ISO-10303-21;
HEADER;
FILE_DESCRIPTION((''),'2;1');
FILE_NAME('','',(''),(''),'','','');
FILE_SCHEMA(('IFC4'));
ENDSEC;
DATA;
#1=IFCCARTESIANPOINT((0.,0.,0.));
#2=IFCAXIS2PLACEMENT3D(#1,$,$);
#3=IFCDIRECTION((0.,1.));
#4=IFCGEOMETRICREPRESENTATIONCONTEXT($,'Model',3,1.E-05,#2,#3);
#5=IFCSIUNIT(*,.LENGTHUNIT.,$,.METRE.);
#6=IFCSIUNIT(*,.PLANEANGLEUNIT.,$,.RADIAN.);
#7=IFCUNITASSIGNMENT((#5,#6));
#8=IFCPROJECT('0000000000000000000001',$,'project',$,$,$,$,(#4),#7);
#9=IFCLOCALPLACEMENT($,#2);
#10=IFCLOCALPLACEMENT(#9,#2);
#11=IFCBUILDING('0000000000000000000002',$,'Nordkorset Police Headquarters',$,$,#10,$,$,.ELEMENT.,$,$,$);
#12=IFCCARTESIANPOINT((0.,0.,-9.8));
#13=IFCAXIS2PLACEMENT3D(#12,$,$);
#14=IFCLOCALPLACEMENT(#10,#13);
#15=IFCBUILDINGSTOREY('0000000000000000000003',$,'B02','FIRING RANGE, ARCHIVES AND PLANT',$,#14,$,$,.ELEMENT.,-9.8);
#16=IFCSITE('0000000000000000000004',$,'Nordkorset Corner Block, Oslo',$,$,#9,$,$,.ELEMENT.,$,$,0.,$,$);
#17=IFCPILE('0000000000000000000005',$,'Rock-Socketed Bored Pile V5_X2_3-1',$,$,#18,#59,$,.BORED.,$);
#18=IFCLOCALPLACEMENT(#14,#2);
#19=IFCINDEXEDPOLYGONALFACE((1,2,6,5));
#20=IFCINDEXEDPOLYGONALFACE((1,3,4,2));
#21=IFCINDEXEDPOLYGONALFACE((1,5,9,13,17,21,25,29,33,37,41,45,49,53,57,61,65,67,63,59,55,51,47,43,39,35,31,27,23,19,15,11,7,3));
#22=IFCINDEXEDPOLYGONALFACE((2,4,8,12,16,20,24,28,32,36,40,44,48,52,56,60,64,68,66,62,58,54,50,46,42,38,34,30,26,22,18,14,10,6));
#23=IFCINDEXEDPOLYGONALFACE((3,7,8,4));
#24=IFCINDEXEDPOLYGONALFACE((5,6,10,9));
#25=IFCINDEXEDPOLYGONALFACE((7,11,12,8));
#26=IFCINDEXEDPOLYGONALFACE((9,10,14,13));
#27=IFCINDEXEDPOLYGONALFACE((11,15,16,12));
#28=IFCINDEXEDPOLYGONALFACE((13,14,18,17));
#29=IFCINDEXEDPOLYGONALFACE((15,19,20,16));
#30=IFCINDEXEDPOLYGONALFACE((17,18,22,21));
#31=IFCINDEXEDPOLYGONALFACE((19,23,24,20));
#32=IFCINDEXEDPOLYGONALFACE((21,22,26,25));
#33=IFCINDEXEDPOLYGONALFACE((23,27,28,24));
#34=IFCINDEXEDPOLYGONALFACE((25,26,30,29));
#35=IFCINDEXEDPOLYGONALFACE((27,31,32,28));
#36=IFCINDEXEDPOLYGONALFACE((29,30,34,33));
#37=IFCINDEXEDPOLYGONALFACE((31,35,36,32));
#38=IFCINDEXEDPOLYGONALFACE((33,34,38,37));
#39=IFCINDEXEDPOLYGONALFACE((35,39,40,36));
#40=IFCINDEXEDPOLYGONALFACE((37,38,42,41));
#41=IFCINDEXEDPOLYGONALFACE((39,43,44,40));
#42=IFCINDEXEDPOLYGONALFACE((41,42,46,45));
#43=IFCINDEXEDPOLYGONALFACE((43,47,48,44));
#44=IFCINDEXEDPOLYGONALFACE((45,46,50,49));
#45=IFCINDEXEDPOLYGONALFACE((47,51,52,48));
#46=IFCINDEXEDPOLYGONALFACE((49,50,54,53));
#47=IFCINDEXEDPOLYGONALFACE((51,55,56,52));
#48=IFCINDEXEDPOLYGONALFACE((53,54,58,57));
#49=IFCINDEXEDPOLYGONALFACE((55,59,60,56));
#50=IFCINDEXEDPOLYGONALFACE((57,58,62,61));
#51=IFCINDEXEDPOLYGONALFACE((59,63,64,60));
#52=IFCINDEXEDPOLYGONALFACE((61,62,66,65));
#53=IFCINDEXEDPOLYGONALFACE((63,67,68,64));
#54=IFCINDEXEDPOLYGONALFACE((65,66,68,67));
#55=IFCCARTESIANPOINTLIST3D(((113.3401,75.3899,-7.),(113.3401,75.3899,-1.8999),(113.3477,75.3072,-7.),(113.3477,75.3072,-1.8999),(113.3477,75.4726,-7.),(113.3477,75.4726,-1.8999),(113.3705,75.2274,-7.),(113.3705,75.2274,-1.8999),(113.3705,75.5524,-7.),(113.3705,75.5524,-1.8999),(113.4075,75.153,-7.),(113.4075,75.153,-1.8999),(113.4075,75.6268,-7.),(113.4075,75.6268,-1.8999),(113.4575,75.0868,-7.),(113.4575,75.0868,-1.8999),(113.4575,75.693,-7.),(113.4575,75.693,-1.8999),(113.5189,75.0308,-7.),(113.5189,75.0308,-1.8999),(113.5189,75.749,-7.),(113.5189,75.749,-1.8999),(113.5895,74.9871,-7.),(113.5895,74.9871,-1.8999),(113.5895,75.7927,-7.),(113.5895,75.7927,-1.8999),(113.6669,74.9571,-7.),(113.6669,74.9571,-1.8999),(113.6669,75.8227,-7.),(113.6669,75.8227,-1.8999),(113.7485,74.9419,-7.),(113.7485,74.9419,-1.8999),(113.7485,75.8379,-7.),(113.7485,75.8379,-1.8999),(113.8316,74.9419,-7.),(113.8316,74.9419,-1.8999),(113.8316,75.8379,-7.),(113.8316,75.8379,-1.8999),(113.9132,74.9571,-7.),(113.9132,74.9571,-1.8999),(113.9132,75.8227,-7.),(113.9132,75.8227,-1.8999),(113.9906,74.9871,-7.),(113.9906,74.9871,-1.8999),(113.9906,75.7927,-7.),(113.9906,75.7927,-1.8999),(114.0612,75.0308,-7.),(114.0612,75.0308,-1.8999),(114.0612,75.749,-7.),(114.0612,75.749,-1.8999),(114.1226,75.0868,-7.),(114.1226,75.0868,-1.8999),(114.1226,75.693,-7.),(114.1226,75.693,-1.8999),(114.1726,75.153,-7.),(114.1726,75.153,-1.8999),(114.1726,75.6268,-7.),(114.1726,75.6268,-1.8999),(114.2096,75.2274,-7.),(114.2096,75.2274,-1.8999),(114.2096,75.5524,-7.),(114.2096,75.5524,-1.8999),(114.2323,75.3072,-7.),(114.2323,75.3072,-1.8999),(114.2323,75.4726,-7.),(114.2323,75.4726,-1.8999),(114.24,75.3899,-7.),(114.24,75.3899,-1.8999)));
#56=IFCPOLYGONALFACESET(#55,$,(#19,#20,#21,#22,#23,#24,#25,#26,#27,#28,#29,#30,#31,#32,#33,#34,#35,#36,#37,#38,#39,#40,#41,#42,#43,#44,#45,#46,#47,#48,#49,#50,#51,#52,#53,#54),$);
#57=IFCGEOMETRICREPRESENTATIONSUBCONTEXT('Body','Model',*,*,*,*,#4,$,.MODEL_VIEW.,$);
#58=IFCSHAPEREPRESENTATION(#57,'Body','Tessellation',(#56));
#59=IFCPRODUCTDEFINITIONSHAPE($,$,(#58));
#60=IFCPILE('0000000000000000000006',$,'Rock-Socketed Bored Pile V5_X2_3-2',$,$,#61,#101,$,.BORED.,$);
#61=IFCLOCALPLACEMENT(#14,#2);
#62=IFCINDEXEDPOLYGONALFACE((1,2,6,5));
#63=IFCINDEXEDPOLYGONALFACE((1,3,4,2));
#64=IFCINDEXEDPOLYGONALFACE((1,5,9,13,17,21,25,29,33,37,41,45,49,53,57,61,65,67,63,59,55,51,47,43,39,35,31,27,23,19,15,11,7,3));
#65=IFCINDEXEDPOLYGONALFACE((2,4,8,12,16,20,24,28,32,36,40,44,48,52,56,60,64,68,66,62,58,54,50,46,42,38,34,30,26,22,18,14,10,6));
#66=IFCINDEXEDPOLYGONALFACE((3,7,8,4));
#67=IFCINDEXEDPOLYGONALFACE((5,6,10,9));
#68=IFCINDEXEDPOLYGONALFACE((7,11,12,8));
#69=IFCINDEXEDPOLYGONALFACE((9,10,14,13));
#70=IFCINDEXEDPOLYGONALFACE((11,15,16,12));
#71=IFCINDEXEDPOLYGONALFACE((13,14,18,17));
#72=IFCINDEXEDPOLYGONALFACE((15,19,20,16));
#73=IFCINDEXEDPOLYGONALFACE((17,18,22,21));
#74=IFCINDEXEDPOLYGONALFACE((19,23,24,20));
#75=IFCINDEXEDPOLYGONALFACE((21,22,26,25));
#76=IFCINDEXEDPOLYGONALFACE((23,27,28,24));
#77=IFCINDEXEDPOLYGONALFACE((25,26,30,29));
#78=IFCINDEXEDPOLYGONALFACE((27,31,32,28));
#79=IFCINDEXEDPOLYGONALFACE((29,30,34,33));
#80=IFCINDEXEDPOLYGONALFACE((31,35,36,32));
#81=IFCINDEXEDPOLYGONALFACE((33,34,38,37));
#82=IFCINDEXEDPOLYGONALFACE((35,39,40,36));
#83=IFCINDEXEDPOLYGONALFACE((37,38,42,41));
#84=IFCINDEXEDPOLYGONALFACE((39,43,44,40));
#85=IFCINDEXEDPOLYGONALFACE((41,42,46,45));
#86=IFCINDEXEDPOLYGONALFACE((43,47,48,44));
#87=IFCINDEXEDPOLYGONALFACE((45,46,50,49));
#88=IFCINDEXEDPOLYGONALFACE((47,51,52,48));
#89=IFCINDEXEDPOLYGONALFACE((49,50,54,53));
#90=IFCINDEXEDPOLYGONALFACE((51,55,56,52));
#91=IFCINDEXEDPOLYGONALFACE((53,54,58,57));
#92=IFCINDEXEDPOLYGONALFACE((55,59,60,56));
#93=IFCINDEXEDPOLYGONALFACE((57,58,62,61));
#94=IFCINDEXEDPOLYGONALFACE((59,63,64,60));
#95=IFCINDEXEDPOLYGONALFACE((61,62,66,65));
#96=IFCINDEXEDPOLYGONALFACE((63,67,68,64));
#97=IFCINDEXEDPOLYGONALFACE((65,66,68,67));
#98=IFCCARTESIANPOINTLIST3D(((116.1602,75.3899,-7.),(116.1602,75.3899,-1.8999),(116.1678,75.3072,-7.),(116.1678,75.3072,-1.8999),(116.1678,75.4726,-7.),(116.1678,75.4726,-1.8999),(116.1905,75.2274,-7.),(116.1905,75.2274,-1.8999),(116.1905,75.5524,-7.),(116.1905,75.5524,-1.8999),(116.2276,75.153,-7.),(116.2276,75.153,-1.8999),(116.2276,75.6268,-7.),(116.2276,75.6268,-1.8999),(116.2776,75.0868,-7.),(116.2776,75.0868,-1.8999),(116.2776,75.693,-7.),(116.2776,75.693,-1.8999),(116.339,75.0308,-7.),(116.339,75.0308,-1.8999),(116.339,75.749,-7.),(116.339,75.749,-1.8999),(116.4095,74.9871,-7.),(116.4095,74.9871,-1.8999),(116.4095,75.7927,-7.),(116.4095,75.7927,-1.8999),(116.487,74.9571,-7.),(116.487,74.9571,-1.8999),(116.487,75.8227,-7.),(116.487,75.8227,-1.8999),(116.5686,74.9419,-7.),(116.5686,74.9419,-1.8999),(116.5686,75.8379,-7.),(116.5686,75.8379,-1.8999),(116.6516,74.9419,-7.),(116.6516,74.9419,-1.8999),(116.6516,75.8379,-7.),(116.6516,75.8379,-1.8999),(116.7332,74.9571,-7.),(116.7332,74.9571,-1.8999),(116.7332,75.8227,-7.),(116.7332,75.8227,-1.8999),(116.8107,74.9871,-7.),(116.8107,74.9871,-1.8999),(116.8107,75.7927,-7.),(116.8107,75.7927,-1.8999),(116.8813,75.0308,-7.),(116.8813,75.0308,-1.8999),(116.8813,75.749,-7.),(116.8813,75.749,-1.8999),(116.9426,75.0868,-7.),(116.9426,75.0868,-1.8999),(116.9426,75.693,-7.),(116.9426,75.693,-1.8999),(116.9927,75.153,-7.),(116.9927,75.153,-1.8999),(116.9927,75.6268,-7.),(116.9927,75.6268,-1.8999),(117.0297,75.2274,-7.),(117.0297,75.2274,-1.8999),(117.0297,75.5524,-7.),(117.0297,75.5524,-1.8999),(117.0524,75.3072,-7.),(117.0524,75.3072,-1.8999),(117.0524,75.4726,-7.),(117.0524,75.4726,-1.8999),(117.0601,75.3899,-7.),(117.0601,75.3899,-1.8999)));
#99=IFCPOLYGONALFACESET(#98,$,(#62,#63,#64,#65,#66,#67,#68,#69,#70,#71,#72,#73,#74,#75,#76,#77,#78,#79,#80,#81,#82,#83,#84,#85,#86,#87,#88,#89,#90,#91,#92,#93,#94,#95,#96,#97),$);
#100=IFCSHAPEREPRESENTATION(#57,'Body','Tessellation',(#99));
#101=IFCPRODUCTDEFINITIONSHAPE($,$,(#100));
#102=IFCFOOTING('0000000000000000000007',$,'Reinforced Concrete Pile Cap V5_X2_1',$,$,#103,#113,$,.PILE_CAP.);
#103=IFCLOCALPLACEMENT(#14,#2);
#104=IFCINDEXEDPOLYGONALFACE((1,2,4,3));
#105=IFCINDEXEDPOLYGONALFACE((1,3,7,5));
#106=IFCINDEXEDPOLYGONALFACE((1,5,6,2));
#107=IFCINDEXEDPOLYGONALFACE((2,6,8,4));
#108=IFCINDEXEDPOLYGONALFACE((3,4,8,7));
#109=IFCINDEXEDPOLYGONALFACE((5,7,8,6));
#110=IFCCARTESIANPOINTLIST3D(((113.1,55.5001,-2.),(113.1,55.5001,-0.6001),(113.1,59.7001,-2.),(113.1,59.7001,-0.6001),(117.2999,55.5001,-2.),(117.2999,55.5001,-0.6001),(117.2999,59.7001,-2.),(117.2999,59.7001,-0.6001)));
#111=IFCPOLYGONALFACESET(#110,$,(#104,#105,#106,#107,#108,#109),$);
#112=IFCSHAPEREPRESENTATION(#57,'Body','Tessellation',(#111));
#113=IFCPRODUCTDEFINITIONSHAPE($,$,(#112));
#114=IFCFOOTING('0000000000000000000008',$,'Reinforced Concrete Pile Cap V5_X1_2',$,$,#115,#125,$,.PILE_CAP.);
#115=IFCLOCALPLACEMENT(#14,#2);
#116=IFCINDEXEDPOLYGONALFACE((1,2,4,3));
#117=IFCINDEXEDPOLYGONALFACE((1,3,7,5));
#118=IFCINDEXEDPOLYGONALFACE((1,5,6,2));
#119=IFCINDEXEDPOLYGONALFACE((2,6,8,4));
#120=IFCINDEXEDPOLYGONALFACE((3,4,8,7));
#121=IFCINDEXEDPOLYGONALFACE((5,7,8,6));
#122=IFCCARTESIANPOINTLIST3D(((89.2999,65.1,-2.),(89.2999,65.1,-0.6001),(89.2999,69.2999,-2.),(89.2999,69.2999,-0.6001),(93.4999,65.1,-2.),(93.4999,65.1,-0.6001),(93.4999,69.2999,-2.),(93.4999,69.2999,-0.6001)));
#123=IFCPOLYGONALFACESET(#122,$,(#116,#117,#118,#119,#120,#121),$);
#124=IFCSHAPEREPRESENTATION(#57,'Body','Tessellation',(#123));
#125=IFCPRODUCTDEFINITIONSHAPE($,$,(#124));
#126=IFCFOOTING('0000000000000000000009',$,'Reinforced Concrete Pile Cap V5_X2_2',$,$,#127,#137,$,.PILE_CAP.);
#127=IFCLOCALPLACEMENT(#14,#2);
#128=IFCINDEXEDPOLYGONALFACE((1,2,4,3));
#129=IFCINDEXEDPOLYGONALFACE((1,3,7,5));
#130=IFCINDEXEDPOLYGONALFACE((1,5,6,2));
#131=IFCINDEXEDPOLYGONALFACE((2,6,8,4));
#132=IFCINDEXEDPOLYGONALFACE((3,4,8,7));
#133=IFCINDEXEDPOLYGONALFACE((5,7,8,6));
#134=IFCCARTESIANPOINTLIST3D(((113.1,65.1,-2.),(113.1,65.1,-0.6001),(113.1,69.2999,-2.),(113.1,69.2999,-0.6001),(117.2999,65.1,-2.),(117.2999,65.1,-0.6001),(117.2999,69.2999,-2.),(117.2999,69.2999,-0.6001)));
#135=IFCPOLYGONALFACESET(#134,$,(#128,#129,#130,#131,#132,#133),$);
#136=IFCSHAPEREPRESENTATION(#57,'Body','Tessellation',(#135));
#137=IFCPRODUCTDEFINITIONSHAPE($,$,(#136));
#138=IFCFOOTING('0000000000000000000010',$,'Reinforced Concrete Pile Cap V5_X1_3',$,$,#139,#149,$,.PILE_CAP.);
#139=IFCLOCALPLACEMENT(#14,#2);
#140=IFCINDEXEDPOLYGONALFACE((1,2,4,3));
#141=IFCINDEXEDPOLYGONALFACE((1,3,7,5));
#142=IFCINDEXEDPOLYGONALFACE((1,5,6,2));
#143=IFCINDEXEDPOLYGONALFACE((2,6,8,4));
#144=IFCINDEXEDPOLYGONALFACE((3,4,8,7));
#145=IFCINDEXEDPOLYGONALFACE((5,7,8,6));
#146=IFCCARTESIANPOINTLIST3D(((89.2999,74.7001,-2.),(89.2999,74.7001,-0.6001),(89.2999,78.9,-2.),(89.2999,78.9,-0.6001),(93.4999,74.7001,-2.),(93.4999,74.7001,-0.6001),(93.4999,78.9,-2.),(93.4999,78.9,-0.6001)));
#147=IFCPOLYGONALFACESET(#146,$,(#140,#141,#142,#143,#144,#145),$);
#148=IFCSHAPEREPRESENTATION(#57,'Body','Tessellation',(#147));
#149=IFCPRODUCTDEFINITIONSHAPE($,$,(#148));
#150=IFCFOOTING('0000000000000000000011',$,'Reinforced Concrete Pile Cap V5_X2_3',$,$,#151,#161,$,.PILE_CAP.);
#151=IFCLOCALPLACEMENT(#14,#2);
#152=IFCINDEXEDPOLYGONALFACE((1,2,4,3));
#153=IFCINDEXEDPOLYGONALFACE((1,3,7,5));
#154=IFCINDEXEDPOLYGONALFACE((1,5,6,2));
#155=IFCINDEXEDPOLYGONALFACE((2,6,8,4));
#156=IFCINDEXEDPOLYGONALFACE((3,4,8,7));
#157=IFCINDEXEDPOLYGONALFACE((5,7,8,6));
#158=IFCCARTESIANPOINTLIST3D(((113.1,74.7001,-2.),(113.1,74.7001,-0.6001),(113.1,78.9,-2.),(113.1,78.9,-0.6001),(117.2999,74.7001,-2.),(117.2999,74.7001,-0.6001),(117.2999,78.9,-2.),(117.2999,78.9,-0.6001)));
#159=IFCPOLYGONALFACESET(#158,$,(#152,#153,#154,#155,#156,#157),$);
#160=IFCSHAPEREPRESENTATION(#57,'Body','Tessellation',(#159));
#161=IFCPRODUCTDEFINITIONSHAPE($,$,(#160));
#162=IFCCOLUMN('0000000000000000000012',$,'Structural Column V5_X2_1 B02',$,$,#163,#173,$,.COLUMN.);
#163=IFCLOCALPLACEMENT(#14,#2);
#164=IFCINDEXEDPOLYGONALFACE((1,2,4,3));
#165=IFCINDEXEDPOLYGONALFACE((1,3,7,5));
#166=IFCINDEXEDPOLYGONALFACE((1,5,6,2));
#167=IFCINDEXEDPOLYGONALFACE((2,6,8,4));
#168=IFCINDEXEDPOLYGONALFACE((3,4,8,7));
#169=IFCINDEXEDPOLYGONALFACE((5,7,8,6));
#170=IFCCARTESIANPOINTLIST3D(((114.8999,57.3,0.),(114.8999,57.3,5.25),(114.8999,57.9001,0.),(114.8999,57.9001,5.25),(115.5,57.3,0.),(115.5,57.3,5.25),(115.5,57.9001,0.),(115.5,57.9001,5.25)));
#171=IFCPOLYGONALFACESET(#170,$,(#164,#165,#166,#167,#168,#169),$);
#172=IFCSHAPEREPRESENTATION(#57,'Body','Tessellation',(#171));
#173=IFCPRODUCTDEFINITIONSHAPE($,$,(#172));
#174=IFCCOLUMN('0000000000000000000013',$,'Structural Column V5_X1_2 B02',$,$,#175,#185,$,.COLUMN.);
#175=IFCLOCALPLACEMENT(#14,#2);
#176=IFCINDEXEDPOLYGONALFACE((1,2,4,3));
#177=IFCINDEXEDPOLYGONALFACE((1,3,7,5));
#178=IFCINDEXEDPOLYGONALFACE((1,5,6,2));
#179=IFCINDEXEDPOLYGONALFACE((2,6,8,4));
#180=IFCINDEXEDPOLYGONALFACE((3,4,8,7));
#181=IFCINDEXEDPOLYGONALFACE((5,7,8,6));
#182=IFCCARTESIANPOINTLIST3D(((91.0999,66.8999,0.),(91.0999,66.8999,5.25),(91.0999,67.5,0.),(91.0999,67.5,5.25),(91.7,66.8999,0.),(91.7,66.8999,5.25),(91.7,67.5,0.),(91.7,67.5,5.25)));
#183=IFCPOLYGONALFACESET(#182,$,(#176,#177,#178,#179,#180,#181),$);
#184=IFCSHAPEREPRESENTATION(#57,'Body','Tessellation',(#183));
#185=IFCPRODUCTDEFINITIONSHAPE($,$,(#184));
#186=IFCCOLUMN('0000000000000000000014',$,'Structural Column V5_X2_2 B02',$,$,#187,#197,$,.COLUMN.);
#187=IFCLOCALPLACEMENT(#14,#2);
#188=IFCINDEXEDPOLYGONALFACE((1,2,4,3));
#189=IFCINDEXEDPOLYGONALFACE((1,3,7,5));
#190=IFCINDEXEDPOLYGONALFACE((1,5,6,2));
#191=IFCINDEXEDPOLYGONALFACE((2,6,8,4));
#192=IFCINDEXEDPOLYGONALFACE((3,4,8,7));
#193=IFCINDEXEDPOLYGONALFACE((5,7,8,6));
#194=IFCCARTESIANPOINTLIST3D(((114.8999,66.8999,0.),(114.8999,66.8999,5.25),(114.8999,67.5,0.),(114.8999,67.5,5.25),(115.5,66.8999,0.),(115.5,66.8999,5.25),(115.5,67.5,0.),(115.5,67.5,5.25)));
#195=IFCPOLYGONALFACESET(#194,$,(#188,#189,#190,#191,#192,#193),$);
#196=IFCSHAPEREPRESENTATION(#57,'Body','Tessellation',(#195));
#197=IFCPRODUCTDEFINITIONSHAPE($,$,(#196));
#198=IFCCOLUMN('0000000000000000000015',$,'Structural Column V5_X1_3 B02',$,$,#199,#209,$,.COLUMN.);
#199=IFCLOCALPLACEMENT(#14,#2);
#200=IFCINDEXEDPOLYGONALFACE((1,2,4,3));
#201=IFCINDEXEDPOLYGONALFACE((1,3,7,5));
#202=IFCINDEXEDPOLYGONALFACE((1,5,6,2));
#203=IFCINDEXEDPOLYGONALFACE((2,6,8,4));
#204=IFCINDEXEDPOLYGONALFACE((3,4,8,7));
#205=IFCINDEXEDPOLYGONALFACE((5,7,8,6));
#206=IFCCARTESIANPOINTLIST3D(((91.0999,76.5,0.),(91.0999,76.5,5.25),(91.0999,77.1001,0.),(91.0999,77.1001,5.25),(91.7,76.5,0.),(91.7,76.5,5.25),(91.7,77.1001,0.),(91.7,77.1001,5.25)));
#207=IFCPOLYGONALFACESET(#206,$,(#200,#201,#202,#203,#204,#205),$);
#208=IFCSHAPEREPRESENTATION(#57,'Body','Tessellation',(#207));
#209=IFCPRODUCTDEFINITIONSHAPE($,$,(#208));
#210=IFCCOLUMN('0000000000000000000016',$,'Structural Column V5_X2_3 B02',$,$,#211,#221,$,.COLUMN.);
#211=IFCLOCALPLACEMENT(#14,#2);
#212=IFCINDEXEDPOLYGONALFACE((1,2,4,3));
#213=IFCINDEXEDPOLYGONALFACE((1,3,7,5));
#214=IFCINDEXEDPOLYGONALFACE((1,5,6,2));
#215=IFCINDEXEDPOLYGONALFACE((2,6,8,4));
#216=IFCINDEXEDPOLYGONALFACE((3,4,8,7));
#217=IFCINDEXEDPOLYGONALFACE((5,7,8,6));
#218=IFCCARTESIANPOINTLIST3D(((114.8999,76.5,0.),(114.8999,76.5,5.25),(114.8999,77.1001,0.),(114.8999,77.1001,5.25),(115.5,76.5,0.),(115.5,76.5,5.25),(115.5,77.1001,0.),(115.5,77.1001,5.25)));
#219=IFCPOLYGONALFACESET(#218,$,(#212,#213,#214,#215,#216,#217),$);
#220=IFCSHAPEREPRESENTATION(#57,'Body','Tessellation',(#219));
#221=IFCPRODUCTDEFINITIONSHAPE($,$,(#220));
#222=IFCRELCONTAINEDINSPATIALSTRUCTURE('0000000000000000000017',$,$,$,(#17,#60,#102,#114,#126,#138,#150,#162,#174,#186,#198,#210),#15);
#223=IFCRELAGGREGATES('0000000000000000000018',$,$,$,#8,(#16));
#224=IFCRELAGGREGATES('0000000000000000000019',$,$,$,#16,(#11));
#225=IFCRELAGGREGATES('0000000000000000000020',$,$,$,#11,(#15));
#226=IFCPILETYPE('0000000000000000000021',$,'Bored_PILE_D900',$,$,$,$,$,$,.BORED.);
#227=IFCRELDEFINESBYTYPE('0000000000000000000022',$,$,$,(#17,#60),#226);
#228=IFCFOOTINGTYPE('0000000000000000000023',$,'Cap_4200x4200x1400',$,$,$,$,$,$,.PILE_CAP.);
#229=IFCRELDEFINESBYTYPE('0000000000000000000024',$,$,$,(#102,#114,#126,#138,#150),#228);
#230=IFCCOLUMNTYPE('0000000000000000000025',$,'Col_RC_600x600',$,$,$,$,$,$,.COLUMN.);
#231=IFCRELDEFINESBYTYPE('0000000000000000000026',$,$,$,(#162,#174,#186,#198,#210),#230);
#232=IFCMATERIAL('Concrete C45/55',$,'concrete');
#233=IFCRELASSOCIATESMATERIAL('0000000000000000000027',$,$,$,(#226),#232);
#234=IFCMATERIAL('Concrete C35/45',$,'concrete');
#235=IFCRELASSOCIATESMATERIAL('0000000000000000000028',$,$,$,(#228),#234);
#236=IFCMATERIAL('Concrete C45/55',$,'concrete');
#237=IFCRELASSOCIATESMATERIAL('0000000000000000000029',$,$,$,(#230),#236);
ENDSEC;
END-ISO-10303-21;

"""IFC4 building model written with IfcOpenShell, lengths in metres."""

from ifc_helpers import new_model, si_unit, direction, frame, origin, origin_2d, place, context, subcontext, project, spatial, rectangle, circle, extrude, material, material_profile, profile_set, type_object, element, save


model = new_model("IFC4")

# Units and contexts
model_context = context("Model", 3, precision=1e-05, world=origin(), true_north=direction((0.0, 1.0)))
body_context = subcontext(model_context, "Body", "Model", "MODEL_VIEW")
ifc_project = project(units=[si_unit("LENGTHUNIT", "METRE"), si_unit("PLANEANGLEUNIT", "RADIAN")], contexts=[model_context])

# Site, building, storey
site_placement = place(None, origin())
site = spatial("IfcSite", under=ifc_project, at=site_placement, Name="Nordkorset Corner Block, Oslo", CompositionType="ELEMENT", RefElevation=0.0)
building_placement = place(site_placement, origin())
building = spatial("IfcBuilding", under=site, at=building_placement, Name="Nordkorset Police Headquarters", CompositionType="ELEMENT")
storey_placement = place(building_placement, frame((0.0, 0.0, -9.8)))
storey = spatial("IfcBuildingStorey", under=building, at=storey_placement, Name="B02", Description="FIRING RANGE, ARCHIVES AND PLANT", CompositionType="ELEMENT", Elevation=-9.8)

# Piles
ifc_material_1 = material(Name="Concrete C45/55", Category="concrete")
ifc_material_profile_1 = material_profile(ifc_material_1, circle(Radius=0.45, at=origin_2d()), Name="PILE D900")
ifc_profile_set_1 = profile_set([ifc_material_profile_1], Name="Concrete C45/55")
pile_type = type_object("IfcPileType", Name="Bored_PILE_D900", PredefinedType="BORED", material=ifc_profile_set_1)
for number, where, z_axis, x_axis, name in (
    (1, (113.79, 75.3899, -1.8999), (0.0, 0.0, -1.0), (1.0, 0.0, 0.0), "Rock-Socketed Bored Pile V5_X2_3-1"),
    (2, (116.6101, 75.3899, -1.8999), (0.0, 0.0, -1.0), (1.0, 0.0, 0.0), "Rock-Socketed Bored Pile V5_X2_3-2"),
):
    element("IfcPile", number, at=place(storey_placement, frame(where, z_axis=z_axis, x_axis=x_axis)), inside=storey, type_object=pile_type, Name=name, PredefinedType="BORED", context=body_context, shape_type="SweptSolid", body=[
        extrude(circle(Radius=0.45, at=origin_2d()), origin(), (0.0, 0.0, 1.0), 5.1001),
    ])

# Footings
ifc_material_2 = material(Name="Concrete C35/45", Category="concrete")
footing_type = type_object("IfcFootingType", Name="Cap_4200x4200x1400", PredefinedType="PILE_CAP", material=ifc_material_2)
for number, where, z_axis, x_axis, name in (
    (3, (115.2, 57.6001, -2.0), (0.0, 0.0, 1.0), (1.0, 0.0, 0.0), "Reinforced Concrete Pile Cap V5_X2_1"),
    (4, (91.3999, 67.2, -2.0), (0.0, 0.0, 1.0), (1.0, 0.0, 0.0), "Reinforced Concrete Pile Cap V5_X1_2"),
    (5, (115.2, 67.2, -2.0), (0.0, 0.0, 1.0), (1.0, 0.0, 0.0), "Reinforced Concrete Pile Cap V5_X2_2"),
    (6, (91.3999, 76.8, -2.0), (0.0, 0.0, 1.0), (1.0, 0.0, 0.0), "Reinforced Concrete Pile Cap V5_X1_3"),
    (7, (115.2, 76.8, -2.0), (0.0, 0.0, 1.0), (1.0, 0.0, 0.0), "Reinforced Concrete Pile Cap V5_X2_3"),
):
    element("IfcFooting", number, at=place(storey_placement, frame(where, z_axis=z_axis, x_axis=x_axis)), inside=storey, type_object=footing_type, Name=name, PredefinedType="PILE_CAP", context=body_context, shape_type="SweptSolid", body=[
        extrude(rectangle(XDim=4.2, YDim=4.2, at=origin_2d()), origin(), (0.0, 0.0, 1.0), 1.3999),
    ])

# Columns
ifc_material_3 = material(Name="Concrete C45/55", Category="concrete")
ifc_material_profile_2 = material_profile(ifc_material_3, rectangle(XDim=0.6001, YDim=0.6001, at=origin_2d()), Name="RC 600x600")
ifc_profile_set_2 = profile_set([ifc_material_profile_2], Name="Concrete C45/55")
column_type = type_object("IfcColumnType", Name="Col_RC_600x600", PredefinedType="COLUMN", material=ifc_profile_set_2)
for number, where, z_axis, x_axis, name in (
    (8, (115.2, 57.6001, 0.0), (0.0, 0.0, 1.0), (1.0, 0.0, 0.0), "Structural Column V5_X2_1 B02"),
    (9, (91.3999, 67.2, 0.0), (0.0, 0.0, 1.0), (1.0, 0.0, 0.0), "Structural Column V5_X1_2 B02"),
    (10, (115.2, 67.2, 0.0), (0.0, 0.0, 1.0), (1.0, 0.0, 0.0), "Structural Column V5_X2_2 B02"),
    (11, (91.3999, 76.8, 0.0), (0.0, 0.0, 1.0), (1.0, 0.0, 0.0), "Structural Column V5_X1_3 B02"),
    (12, (115.2, 76.8, 0.0), (0.0, 0.0, 1.0), (1.0, 0.0, 0.0), "Structural Column V5_X2_3 B02"),
):
    element("IfcColumn", number, at=place(storey_placement, frame(where, z_axis=z_axis, x_axis=x_axis)), inside=storey, type_object=column_type, Name=name, PredefinedType="COLUMN", context=body_context, shape_type="SweptSolid", body=[
        extrude(rectangle(XDim=0.6001, YDim=0.6001, at=origin_2d()), origin(), (0.0, 0.0, 1.0), 5.25),
    ])

save(model, "model.ifc")
